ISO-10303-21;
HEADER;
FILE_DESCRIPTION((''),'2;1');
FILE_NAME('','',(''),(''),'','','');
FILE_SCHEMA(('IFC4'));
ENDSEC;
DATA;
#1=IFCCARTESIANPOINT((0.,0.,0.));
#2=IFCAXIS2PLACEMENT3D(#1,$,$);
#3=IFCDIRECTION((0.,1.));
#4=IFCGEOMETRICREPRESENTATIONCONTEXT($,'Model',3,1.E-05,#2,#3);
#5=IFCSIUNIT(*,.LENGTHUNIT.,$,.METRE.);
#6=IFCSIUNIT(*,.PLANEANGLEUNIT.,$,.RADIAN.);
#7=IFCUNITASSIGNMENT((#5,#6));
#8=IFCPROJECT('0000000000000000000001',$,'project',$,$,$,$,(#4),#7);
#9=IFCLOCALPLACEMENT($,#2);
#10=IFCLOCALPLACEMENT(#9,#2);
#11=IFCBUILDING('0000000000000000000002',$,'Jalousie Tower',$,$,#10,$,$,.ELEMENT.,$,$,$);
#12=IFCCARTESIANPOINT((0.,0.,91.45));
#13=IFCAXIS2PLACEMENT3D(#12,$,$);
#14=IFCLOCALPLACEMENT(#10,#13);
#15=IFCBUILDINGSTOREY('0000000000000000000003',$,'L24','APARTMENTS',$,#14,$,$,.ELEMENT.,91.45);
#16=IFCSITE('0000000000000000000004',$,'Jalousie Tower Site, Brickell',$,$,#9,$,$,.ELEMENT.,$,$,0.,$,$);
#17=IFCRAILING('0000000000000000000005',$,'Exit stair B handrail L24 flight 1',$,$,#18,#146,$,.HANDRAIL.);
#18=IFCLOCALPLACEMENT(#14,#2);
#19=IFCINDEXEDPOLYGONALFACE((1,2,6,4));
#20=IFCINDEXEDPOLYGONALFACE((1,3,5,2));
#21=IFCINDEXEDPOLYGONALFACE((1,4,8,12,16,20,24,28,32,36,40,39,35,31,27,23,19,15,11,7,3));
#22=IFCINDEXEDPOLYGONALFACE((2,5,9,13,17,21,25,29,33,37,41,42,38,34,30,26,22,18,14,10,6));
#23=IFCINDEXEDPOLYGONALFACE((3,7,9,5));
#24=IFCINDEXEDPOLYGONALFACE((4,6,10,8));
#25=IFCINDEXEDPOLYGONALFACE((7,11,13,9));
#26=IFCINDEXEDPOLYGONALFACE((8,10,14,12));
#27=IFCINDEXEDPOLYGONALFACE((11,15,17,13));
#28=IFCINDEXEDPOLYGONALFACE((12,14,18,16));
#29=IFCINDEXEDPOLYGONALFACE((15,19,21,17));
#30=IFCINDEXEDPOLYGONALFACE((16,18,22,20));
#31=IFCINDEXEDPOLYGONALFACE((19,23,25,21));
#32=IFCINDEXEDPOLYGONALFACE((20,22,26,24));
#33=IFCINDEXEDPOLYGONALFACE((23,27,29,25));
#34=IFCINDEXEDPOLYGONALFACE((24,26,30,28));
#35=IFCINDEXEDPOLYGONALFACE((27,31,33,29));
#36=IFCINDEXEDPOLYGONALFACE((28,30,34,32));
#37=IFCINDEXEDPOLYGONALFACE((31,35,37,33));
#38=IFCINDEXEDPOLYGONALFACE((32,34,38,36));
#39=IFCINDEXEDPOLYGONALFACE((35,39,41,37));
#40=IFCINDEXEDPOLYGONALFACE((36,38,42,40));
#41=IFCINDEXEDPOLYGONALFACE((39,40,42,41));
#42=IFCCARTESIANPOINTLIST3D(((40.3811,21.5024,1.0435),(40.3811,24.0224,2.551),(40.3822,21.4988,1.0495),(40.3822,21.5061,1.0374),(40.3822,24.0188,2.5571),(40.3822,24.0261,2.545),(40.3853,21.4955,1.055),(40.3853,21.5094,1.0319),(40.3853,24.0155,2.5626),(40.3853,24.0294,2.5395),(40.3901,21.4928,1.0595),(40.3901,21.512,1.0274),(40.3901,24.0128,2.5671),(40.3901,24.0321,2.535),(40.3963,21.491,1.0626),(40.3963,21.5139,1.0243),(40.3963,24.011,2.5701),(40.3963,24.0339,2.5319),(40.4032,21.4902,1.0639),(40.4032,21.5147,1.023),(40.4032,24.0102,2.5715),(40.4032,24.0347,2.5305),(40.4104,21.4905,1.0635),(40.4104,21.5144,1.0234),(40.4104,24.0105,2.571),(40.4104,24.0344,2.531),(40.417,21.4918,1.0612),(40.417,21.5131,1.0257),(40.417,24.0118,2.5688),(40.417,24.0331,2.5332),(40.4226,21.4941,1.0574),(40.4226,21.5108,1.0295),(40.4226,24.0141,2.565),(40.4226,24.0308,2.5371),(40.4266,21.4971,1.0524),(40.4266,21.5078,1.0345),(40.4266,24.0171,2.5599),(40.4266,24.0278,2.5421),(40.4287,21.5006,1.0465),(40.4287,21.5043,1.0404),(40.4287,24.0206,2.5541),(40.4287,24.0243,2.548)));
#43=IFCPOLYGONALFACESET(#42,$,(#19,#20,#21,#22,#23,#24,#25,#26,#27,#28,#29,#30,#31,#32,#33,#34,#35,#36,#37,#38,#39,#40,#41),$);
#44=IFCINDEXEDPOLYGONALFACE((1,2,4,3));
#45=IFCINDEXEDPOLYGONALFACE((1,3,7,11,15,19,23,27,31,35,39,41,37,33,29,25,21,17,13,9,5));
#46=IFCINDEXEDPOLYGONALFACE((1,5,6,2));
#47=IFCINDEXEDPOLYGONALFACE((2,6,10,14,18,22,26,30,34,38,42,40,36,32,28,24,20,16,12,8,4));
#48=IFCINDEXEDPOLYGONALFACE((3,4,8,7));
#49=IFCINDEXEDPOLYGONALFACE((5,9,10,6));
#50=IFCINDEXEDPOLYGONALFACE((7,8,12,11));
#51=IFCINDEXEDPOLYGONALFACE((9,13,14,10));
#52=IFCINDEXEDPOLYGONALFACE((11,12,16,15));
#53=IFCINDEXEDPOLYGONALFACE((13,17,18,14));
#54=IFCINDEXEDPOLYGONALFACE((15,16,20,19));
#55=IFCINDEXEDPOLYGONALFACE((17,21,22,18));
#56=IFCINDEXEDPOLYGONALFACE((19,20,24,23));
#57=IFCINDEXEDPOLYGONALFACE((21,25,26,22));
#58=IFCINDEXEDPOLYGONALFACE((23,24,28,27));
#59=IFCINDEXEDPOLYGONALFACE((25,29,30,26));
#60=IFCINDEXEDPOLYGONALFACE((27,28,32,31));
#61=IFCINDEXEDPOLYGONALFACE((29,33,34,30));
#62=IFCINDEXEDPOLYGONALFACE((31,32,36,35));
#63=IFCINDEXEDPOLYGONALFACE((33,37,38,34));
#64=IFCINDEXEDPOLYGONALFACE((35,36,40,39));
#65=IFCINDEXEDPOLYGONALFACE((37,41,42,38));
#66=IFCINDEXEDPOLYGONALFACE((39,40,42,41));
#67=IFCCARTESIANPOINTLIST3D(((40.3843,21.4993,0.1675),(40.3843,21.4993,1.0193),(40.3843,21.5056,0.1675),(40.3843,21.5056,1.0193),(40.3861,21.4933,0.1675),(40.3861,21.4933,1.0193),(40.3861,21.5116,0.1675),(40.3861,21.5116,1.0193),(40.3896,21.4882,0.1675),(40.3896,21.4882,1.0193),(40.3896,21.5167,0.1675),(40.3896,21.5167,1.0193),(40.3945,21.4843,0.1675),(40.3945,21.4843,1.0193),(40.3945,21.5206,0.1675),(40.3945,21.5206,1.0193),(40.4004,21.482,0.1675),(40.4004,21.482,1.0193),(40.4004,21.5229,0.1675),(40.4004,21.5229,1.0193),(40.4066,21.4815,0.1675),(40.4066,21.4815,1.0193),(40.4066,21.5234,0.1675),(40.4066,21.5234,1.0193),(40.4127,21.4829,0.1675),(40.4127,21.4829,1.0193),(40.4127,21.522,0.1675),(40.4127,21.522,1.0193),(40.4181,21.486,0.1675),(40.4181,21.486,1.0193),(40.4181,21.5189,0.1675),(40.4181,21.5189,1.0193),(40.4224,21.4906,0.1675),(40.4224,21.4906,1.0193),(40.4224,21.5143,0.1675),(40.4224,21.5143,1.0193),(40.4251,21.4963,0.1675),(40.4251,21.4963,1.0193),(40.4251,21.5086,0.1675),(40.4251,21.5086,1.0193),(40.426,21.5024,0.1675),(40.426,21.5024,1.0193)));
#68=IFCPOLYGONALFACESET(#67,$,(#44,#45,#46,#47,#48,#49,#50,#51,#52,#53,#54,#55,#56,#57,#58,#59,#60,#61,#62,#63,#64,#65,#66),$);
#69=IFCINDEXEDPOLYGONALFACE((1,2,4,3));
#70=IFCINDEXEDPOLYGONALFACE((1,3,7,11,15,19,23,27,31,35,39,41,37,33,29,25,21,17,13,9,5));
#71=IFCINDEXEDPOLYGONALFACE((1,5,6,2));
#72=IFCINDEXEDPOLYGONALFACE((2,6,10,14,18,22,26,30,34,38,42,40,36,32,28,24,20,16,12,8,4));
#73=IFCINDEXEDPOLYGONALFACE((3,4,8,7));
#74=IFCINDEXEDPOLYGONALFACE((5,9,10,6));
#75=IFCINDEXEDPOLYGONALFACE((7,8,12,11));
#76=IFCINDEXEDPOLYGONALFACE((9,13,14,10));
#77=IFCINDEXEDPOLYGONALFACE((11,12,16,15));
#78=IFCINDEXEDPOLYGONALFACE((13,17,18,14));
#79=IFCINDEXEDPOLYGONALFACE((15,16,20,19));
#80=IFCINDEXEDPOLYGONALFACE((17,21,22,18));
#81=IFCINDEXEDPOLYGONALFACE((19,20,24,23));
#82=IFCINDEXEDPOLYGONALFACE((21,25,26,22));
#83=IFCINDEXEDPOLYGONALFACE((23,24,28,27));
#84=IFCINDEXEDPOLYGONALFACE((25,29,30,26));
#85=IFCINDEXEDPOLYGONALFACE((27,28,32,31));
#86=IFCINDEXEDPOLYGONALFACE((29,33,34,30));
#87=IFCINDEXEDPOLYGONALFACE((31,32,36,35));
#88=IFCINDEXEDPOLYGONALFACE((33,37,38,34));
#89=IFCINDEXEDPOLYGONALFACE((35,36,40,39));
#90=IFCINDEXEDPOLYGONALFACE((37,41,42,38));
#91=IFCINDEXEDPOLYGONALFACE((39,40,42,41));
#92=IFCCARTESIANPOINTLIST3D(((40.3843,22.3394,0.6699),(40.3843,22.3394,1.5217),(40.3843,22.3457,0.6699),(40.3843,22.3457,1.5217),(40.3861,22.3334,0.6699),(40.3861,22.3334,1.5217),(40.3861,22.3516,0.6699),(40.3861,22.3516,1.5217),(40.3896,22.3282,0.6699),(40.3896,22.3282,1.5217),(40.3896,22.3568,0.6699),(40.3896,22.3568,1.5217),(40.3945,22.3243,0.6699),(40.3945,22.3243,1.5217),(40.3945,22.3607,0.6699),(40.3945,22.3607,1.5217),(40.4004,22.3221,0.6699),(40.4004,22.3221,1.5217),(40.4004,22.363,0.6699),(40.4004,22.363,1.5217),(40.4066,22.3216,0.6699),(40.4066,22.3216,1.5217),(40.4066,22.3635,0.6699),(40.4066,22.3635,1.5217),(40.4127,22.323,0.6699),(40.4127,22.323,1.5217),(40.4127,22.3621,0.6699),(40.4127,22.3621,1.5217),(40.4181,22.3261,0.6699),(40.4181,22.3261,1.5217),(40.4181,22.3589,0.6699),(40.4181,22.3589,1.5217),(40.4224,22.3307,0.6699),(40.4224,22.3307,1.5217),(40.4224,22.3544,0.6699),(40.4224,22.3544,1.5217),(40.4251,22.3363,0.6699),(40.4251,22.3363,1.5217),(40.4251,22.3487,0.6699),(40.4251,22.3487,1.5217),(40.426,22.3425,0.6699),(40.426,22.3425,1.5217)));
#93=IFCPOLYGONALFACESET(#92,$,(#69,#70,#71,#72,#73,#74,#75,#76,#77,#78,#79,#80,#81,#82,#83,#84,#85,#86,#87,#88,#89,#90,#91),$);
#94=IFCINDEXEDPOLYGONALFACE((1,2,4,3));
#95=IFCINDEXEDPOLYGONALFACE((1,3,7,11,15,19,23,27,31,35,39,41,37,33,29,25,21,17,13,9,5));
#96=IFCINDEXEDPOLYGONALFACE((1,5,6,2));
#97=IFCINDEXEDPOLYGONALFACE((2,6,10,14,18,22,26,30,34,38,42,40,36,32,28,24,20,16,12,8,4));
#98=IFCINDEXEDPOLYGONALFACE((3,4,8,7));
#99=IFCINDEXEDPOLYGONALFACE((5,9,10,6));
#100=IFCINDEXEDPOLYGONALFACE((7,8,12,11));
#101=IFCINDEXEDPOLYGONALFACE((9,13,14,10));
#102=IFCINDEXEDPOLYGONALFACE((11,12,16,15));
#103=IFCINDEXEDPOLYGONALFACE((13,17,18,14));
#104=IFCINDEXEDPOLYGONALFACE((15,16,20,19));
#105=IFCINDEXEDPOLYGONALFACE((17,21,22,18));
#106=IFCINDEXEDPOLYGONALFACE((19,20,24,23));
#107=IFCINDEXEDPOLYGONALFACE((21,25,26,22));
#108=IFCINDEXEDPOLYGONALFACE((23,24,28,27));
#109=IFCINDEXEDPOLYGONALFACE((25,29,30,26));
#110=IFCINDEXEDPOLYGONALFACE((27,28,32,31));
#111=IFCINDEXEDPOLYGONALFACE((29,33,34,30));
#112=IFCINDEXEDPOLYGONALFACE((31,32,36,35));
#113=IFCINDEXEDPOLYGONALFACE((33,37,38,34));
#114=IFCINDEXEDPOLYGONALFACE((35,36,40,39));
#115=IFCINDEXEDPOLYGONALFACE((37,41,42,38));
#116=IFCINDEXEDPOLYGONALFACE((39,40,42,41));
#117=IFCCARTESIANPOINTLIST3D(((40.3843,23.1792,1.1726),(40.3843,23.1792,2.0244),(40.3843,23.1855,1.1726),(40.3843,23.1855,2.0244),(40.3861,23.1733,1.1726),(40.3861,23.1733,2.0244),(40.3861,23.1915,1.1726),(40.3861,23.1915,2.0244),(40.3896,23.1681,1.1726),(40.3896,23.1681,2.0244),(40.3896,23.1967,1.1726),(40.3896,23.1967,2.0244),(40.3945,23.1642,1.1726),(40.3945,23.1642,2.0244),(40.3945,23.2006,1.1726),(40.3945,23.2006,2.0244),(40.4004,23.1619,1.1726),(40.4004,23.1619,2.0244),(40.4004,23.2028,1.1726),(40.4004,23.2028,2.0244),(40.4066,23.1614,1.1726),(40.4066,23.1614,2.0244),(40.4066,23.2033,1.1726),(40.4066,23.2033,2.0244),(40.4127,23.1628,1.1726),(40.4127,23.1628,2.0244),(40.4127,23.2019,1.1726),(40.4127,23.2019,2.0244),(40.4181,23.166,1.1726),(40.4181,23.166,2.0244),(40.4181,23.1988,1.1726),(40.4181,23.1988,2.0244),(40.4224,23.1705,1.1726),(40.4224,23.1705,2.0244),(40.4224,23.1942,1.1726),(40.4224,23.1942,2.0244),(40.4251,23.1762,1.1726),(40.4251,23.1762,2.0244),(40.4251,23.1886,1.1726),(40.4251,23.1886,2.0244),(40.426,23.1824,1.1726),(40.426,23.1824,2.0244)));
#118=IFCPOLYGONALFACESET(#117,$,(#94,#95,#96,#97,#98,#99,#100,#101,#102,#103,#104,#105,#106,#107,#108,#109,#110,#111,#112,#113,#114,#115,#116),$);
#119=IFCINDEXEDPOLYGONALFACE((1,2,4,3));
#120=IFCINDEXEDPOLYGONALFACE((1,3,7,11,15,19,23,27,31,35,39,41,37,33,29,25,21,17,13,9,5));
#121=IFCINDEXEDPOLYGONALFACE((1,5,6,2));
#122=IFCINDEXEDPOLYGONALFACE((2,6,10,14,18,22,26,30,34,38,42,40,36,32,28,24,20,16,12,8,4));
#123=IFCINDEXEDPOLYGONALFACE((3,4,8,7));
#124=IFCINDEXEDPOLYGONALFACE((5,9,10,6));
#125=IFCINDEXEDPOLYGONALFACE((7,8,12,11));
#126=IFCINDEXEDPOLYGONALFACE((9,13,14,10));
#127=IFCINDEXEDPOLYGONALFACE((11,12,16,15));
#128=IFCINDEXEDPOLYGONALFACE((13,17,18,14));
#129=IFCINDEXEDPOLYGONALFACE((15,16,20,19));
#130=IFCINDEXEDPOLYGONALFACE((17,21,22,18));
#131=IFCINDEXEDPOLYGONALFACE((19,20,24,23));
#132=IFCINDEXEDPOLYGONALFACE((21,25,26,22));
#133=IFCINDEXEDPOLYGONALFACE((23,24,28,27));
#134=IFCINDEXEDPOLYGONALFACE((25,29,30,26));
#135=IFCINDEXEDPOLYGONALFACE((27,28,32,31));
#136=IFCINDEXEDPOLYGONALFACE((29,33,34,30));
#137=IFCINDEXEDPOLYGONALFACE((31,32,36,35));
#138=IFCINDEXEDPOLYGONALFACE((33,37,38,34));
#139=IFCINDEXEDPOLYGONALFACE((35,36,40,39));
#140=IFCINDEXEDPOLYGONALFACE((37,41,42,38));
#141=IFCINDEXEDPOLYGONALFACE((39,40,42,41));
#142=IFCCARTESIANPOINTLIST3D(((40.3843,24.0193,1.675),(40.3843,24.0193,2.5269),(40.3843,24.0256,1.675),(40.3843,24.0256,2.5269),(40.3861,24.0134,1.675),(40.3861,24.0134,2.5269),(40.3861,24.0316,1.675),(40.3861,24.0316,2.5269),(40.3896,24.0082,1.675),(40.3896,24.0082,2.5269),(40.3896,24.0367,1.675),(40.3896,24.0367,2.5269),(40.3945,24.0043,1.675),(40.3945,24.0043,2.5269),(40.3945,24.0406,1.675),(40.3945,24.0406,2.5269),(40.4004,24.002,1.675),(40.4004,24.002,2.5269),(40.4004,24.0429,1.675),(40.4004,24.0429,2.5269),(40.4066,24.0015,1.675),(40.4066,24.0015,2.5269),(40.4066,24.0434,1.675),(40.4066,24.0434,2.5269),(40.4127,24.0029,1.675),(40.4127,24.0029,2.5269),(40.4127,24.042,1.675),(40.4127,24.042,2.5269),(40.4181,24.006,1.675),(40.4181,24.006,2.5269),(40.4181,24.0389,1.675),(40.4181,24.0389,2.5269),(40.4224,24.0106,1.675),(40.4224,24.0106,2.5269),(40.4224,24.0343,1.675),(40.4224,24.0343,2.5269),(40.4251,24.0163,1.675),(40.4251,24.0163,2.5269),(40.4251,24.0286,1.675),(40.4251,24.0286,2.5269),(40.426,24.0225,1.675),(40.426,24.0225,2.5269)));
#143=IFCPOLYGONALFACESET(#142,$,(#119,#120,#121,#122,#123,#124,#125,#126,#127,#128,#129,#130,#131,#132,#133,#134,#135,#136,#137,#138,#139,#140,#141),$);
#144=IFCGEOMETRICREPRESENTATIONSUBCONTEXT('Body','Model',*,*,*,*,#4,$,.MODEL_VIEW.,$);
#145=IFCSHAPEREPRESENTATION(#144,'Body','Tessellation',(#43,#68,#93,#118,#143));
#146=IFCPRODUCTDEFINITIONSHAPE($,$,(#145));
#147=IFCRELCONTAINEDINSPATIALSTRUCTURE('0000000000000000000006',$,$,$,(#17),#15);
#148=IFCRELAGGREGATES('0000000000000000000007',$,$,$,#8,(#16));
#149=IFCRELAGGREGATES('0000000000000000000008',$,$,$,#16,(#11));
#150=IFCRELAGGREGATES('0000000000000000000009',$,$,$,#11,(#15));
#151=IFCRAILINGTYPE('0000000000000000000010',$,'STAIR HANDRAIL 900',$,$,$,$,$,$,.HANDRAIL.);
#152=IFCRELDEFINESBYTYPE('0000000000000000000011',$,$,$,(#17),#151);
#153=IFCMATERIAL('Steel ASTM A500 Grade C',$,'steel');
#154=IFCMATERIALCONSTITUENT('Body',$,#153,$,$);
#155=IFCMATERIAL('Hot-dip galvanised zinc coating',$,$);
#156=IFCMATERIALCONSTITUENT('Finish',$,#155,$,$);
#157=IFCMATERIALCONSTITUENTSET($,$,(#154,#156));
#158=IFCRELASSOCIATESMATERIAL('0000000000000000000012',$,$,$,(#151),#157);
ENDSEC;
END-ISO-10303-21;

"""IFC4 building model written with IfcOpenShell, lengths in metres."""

from ifc_helpers import new_model, si_unit, direction, frame, origin, origin_2d, place, context, subcontext, project, spatial, circle, extrude, material, constituent, constituent_set, type_object, element, save


model = new_model("IFC4")

# Units and contexts
model_context = context("Model", 3, precision=1e-05, world=origin(), true_north=direction((0.0, 1.0)))
body_context = subcontext(model_context, "Body", "Model", "MODEL_VIEW")
ifc_project = project(units=[si_unit("LENGTHUNIT", "METRE"), si_unit("PLANEANGLEUNIT", "RADIAN")], contexts=[model_context])

# Site, building, storey
site_placement = place(None, origin())
site = spatial("IfcSite", under=ifc_project, at=site_placement, Name="Jalousie Tower Site, Brickell", CompositionType="ELEMENT", RefElevation=0.0)
building_placement = place(site_placement, origin())
building = spatial("IfcBuilding", under=site, at=building_placement, Name="Jalousie Tower", CompositionType="ELEMENT")
storey_placement = place(building_placement, frame((0.0, 0.0, 91.45)))
storey = spatial("IfcBuildingStorey", under=building, at=storey_placement, Name="L24", Description="APARTMENTS", CompositionType="ELEMENT", Elevation=91.45)

# Railing
ifc_material_1 = material(Name="Steel ASTM A500 Grade C", Category="steel")
ifc_constituent_1 = constituent(ifc_material_1, Name="Body")
ifc_material_2 = material(Name="Hot-dip galvanised zinc coating")
ifc_constituent_2 = constituent(ifc_material_2, Name="Finish")
ifc_constituent_set_1 = constituent_set(constituents=[ifc_constituent_1, ifc_constituent_2])
railing_type = type_object("IfcRailingType", Name="STAIR HANDRAIL 900", PredefinedType="HANDRAIL", material=ifc_constituent_set_1)
railing_placement = place(storey_placement, frame((40.405, 21.5024, 0.1675)))
element("IfcRailing", 1, at=railing_placement, inside=storey, type_object=railing_type, Name="Exit stair B handrail L24 flight 1", PredefinedType="HANDRAIL", context=body_context, shape_type="SweptSolid", body=[
    extrude(circle(Radius=0.0239, at=origin_2d()), frame((0.0, 0.0, 0.876), z_axis=(0.0, 0.85816, 0.513383), x_axis=(-1.0, 0.0, 0.0)), (0.0, 0.0, 1.0), 2.9365),
    extrude(circle(Radius=0.021, at=origin_2d()), origin(), (0.0, 0.0, 1.0), 0.8518),
    extrude(circle(Radius=0.021, at=origin_2d()), frame((0.0, 0.8401, 0.5024)), (0.0, 0.0, 1.0), 0.8518),
    extrude(circle(Radius=0.021, at=origin_2d()), frame((0.0, 1.6799, 1.0051)), (0.0, 0.0, 1.0), 0.8518),
    extrude(circle(Radius=0.021, at=origin_2d()), frame((0.0, 2.52, 1.5076)), (0.0, 0.0, 1.0), 0.8518),
])

save(model, "model.ifc")
